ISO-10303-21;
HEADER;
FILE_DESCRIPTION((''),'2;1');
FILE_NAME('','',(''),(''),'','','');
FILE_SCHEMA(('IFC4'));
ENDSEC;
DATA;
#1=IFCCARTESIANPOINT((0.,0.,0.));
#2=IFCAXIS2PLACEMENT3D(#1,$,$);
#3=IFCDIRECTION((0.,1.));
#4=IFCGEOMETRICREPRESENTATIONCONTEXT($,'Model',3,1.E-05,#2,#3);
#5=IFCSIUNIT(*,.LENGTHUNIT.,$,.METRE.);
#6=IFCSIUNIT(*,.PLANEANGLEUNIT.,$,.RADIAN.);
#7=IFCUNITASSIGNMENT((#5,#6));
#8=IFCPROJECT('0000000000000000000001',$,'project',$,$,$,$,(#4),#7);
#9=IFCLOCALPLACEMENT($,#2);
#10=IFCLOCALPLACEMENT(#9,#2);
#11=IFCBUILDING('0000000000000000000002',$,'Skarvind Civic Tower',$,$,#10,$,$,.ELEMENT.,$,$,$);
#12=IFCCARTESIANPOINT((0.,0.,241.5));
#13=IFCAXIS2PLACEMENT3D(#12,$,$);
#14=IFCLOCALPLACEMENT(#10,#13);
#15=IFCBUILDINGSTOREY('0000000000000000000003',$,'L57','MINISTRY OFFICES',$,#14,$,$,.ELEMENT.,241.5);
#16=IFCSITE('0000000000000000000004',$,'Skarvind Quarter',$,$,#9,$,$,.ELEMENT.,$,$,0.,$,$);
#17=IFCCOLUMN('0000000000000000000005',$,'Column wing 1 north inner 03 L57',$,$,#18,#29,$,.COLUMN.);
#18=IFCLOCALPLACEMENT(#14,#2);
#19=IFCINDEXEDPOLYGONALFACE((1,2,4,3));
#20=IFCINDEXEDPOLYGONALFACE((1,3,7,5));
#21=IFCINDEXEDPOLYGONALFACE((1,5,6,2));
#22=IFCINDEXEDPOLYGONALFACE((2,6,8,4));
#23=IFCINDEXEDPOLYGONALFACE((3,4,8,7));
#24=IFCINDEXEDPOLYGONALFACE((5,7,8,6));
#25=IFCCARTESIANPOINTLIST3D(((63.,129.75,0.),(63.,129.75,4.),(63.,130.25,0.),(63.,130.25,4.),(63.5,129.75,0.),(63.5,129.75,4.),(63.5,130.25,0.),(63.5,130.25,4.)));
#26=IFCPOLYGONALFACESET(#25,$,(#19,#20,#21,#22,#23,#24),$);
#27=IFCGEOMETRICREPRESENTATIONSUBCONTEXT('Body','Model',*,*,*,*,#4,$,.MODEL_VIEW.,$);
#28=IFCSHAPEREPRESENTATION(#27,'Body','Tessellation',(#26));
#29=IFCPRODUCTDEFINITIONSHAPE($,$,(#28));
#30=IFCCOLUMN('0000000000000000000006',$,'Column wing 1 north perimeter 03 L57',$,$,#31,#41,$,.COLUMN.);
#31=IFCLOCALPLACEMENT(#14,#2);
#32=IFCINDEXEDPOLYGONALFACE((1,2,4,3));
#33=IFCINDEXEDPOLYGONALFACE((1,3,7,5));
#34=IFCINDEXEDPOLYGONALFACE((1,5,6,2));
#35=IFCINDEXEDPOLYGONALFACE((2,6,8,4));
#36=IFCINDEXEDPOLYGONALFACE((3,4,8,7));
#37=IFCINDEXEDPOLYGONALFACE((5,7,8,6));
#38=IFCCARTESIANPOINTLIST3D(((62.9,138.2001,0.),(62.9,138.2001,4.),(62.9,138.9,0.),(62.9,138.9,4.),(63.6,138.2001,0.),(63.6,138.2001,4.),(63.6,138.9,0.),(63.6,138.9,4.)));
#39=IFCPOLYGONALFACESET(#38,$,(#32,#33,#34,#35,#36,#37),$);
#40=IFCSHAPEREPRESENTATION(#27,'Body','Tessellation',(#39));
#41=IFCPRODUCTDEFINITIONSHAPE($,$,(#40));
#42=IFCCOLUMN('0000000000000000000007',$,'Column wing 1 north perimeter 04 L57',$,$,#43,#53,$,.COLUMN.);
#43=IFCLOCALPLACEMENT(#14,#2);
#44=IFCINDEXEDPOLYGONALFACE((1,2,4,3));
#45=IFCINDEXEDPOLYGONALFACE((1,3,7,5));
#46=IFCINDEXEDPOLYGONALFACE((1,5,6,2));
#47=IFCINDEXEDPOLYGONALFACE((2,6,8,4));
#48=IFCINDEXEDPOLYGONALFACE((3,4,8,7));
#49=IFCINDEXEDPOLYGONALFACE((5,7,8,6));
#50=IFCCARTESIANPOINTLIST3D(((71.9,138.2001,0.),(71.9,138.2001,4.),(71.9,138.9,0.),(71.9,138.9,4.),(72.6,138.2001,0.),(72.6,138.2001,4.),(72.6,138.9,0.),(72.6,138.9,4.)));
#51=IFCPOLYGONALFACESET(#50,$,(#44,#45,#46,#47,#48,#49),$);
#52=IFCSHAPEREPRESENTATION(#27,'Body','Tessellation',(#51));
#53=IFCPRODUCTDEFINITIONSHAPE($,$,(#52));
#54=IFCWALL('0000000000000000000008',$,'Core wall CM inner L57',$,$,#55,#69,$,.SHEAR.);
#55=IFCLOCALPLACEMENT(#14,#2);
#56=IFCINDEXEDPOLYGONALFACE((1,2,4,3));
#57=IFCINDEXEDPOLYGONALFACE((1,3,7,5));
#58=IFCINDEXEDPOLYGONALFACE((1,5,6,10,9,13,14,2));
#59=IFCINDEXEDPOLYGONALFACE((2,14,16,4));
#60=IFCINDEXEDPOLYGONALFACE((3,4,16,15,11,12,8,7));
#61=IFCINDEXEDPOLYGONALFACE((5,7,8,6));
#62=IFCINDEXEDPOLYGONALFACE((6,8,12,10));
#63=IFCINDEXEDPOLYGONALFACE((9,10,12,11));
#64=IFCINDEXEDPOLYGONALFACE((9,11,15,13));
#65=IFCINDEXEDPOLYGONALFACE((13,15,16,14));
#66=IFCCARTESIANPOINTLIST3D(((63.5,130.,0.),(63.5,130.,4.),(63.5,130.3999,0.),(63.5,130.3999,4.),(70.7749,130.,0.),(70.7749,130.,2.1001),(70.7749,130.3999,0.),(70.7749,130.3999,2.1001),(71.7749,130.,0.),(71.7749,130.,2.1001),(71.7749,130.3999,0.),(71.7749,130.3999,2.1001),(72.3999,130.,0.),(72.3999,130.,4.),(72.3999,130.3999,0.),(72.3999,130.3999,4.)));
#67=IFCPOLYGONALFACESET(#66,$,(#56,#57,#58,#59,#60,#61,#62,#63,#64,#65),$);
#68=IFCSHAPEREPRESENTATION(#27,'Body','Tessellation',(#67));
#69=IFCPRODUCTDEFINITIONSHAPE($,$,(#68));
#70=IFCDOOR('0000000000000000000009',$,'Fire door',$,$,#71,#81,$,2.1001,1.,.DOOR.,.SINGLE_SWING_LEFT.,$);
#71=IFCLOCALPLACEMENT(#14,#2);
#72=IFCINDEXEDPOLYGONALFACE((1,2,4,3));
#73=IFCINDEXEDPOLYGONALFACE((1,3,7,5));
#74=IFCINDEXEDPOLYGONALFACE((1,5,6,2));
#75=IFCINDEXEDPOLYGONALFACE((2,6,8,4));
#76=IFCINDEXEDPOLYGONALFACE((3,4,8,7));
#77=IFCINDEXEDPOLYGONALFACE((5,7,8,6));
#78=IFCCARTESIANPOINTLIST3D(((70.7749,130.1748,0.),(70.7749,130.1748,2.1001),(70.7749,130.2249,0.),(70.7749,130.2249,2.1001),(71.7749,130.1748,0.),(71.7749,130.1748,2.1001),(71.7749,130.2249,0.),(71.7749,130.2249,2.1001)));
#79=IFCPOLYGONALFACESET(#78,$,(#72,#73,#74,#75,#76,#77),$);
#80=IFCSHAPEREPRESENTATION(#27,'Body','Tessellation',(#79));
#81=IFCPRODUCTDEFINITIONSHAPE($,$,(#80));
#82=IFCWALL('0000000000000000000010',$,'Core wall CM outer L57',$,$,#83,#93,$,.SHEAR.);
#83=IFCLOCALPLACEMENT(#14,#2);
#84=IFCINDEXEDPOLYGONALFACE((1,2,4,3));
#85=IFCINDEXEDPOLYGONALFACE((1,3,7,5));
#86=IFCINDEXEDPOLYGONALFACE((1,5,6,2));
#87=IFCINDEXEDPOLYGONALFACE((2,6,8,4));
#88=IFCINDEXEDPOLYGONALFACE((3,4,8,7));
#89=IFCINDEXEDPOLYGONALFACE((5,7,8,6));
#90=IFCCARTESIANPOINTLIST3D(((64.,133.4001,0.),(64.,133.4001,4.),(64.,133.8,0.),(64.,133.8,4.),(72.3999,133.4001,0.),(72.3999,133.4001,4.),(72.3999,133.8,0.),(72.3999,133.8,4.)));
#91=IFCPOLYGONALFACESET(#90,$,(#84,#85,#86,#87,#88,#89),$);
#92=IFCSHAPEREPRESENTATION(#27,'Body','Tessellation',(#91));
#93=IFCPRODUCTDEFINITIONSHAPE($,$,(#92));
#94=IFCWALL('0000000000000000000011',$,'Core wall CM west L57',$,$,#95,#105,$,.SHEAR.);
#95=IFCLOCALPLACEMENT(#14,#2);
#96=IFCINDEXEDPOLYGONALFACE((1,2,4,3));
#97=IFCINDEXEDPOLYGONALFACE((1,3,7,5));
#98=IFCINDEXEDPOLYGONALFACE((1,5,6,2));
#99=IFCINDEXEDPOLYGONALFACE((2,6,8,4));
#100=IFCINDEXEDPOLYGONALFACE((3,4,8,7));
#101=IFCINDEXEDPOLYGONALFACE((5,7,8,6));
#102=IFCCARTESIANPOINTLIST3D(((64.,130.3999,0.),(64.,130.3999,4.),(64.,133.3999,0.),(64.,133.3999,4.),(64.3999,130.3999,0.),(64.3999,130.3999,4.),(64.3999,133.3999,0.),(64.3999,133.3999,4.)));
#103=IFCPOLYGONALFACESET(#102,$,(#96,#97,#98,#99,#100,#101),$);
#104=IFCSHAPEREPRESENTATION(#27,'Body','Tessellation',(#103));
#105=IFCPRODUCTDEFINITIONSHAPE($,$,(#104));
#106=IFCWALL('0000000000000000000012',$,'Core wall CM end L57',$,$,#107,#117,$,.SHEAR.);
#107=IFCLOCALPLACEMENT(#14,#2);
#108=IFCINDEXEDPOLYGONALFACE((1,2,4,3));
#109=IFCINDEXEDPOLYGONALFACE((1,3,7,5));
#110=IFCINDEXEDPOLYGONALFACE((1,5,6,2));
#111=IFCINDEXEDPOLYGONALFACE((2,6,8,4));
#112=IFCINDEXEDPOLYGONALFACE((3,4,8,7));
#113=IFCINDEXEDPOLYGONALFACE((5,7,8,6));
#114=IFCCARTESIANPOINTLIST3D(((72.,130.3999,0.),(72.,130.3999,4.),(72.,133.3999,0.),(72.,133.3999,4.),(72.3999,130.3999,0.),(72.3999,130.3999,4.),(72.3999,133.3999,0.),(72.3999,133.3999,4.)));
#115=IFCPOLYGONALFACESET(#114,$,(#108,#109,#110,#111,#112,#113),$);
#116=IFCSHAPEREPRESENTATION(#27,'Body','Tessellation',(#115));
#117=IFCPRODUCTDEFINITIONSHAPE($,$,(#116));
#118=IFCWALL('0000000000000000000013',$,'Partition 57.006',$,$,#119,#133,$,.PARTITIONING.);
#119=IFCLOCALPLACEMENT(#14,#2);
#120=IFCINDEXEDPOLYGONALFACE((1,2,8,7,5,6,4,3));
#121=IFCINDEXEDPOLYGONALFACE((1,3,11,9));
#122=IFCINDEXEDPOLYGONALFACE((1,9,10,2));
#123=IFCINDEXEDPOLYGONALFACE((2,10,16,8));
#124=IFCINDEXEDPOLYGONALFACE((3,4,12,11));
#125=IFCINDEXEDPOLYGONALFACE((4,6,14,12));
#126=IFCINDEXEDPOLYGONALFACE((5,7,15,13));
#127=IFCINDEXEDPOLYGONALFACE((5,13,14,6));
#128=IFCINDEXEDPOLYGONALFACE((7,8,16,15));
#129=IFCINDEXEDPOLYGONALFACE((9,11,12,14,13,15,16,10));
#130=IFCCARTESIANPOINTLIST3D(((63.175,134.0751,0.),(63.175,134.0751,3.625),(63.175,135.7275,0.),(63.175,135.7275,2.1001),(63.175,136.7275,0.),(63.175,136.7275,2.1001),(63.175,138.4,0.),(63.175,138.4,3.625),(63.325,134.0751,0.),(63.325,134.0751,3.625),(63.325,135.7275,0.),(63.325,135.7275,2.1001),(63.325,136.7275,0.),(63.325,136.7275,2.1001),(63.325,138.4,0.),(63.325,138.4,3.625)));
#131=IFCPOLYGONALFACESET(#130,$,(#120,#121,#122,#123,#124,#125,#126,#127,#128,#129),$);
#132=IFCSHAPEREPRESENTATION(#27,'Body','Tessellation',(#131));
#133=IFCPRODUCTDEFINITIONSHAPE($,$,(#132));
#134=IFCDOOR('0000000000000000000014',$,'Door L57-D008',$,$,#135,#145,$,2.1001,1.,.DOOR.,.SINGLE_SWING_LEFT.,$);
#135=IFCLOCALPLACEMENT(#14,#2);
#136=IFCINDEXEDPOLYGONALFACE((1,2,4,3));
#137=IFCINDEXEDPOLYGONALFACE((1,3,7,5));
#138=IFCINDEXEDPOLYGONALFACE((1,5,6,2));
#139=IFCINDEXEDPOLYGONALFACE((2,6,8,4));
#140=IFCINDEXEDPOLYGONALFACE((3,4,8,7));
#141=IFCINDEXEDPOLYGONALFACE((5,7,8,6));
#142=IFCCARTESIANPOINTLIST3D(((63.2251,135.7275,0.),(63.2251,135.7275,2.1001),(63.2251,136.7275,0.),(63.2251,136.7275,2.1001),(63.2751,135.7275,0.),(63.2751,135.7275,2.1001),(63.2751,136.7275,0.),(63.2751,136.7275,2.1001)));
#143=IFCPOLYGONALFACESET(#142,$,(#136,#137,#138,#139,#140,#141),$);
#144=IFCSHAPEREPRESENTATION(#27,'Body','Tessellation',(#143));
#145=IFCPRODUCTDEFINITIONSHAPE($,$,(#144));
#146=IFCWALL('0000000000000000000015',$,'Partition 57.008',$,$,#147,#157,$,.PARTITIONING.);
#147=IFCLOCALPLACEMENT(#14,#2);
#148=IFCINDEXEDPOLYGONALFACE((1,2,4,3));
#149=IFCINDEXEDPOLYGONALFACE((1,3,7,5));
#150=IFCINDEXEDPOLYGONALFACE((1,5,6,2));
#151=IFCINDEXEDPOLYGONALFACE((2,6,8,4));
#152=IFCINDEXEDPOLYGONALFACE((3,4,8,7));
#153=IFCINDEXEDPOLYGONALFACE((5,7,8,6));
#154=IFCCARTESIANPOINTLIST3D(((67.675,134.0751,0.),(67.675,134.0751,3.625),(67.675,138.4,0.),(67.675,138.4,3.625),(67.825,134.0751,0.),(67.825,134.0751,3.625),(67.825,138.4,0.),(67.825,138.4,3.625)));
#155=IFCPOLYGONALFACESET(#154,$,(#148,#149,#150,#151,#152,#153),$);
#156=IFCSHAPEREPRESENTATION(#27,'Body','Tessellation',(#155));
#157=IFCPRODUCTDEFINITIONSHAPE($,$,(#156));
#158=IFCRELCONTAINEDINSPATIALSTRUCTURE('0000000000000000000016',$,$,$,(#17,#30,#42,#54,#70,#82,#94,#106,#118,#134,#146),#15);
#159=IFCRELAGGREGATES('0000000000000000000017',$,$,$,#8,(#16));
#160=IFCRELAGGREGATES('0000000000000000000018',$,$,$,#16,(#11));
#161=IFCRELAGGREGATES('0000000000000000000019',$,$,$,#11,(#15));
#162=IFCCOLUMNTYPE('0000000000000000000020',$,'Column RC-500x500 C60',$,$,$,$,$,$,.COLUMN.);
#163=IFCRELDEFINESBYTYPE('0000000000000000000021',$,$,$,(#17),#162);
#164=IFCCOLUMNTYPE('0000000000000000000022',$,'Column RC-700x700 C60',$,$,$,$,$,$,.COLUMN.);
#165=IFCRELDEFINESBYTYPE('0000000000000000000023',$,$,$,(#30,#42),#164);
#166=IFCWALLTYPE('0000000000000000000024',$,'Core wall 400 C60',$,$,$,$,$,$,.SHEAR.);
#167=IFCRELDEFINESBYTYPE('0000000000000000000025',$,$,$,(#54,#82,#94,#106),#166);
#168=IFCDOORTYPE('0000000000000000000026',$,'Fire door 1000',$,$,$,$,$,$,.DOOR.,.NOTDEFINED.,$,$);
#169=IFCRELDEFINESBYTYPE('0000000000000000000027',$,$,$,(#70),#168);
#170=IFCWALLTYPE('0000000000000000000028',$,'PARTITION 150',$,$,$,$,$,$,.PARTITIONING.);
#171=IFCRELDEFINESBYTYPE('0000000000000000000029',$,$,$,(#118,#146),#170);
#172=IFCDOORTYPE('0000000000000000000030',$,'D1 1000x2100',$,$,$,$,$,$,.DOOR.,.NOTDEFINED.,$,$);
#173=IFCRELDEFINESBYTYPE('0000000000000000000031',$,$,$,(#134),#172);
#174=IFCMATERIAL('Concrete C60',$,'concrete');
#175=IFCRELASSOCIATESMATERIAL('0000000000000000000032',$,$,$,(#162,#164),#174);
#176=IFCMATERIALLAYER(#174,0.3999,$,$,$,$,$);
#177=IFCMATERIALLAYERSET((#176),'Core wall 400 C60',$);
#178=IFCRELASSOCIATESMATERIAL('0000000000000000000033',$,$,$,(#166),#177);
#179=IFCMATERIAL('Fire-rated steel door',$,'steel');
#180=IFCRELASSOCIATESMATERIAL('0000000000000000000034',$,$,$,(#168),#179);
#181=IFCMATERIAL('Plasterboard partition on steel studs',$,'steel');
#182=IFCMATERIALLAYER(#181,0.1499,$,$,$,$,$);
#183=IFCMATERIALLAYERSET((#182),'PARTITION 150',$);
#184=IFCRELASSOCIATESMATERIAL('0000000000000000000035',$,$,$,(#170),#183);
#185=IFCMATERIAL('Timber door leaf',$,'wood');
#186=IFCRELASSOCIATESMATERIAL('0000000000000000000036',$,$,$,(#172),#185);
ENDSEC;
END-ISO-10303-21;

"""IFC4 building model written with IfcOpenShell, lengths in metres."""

from ifc_helpers import new_model, si_unit, direction, frame, frame_2d, origin, origin_2d, place, context, subcontext, project, spatial, rectangle, extrude, material, layer, layer_set, material_profile, profile_set, type_object, element, fill, save


model = new_model("IFC4")

# Units and contexts
model_context = context("Model", 3, precision=1e-05, world=origin(), true_north=direction((0.0, 1.0)))
body_context = subcontext(model_context, "Body", "Model", "MODEL_VIEW")
ifc_project = project(units=[si_unit("LENGTHUNIT", "METRE"), si_unit("PLANEANGLEUNIT", "RADIAN")], contexts=[model_context])

# Site, building, storey
site_placement = place(None, origin())
site = spatial("IfcSite", under=ifc_project, at=site_placement, Name="Skarvind Quarter", CompositionType="ELEMENT", RefElevation=0.0)
building_placement = place(site_placement, origin())
building = spatial("IfcBuilding", under=site, at=building_placement, Name="Skarvind Civic Tower", CompositionType="ELEMENT")
storey_placement = place(building_placement, frame((0.0, 0.0, 241.5)))
storey = spatial("IfcBuildingStorey", under=building, at=storey_placement, Name="L57", Description="MINISTRY OFFICES", CompositionType="ELEMENT", Elevation=241.5)

# Columns
ifc_material_1 = material(Name="Concrete C60", Category="concrete")
ifc_material_profile_1 = material_profile(ifc_material_1, rectangle(XDim=0.5, YDim=0.5, at=origin_2d()), Name="RC-500x500")
ifc_profile_set_1 = profile_set([ifc_material_profile_1], Name="Concrete C60")
column_type_1 = type_object("IfcColumnType", Name="Column RC-500x500 C60", PredefinedType="COLUMN", material=ifc_profile_set_1)
column_placement = place(storey_placement, frame((63.25, 130.0, 0.0), z_axis=(0.0, 0.0, 1.0), x_axis=(1.0, 0.0, 0.0)))
element("IfcColumn", 1, at=column_placement, inside=storey, type_object=column_type_1, Name="Column wing 1 north inner 03 L57", PredefinedType="COLUMN", context=body_context, shape_type="SweptSolid", body=[
    extrude(rectangle(XDim=0.5, YDim=0.5, at=origin_2d()), origin(), (0.0, 0.0, 1.0), 4.0),
])
ifc_material_profile_2 = material_profile(ifc_material_1, rectangle(XDim=0.7, YDim=0.7, at=origin_2d()), Name="RC-700x700")
ifc_profile_set_2 = profile_set([ifc_material_profile_2], Name="Concrete C60")
column_type_2 = type_object("IfcColumnType", Name="Column RC-700x700 C60", PredefinedType="COLUMN", material=ifc_profile_set_2)
for number, where, z_axis, x_axis, name in (
    (2, (63.25, 138.55, 0.0), (0.0, 0.0, 1.0), (1.0, 0.0, 0.0), "Column wing 1 north perimeter 03 L57"),
    (3, (72.25, 138.55, 0.0), (0.0, 0.0, 1.0), (1.0, 0.0, 0.0), "Column wing 1 north perimeter 04 L57"),
):
    element("IfcColumn", number, at=place(storey_placement, frame(where, z_axis=z_axis, x_axis=x_axis)), inside=storey, type_object=column_type_2, Name=name, PredefinedType="COLUMN", context=body_context, shape_type="SweptSolid", body=[
        extrude(rectangle(XDim=0.7, YDim=0.7, at=origin_2d()), origin(), (0.0, 0.0, 1.0), 4.0),
    ])

# Wall, opening, door
ifc_layer_1 = layer(ifc_material_1, 0.3999)
ifc_layer_set_1 = layer_set([ifc_layer_1], Name="Core wall 400 C60")
wall_type_1 = type_object("IfcWallType", Name="Core wall 400 C60", PredefinedType="SHEAR", material=ifc_layer_set_1)
wall_1_placement = place(storey_placement, frame((63.5, 130.2, 0.0), z_axis=(0.0, 0.0, 1.0), x_axis=(1.0, 0.0, 0.0)))
wall_1 = element("IfcWall", 4, at=wall_1_placement, inside=storey, type_object=wall_type_1, Name="Core wall CM inner L57", PredefinedType="SHEAR", context=body_context, shape_type="SweptSolid", body=[
    extrude(rectangle(XDim=8.8999, YDim=0.3999, at=frame_2d((4.45, 0.0))), origin(), (0.0, 0.0, 1.0), 4.0),
])
opening_1_placement = place(wall_1_placement, frame((7.2749, 0.0, 0.0)))
opening_1 = element("IfcOpeningElement", 5, at=opening_1_placement, cuts=wall_1, PredefinedType="OPENING", context=body_context, shape_type="SweptSolid", body=[
    extrude(rectangle(XDim=1.0, YDim=2.1001, at=frame_2d((0.5, 1.05))), frame((0.0, 0.21, 0.0), z_axis=(0.0, -1.0, 0.0), x_axis=(1.0, 0.0, 0.0)), (0.0, 0.0, 1.0), 0.4199),
])
ifc_material_2 = material(Name="Fire-rated steel door", Category="steel")
door_type_1 = type_object("IfcDoorType", Name="Fire door 1000", OperationType="NOTDEFINED", PredefinedType="DOOR", material=ifc_material_2)
door_1_placement = place(opening_1_placement, origin())
door_1 = element("IfcDoor", 6, at=door_1_placement, inside=storey, type_object=door_type_1, Name="Fire door", OperationType="SINGLE_SWING_LEFT", OverallHeight=2.1001, OverallWidth=1.0, PredefinedType="DOOR", context=body_context, shape_type="SweptSolid", body=[
    extrude(rectangle(XDim=1.0, YDim=2.1001, at=frame_2d((0.5, 1.05))), frame((0.0, 0.0249, 0.0), z_axis=(0.0, -1.0, 0.0), x_axis=(1.0, 0.0, 0.0)), (0.0, 0.0, 1.0), 0.05),
])
fill(opening_1, door_1)

# Walls
wall_2_placement = place(storey_placement, frame((64.0, 133.6001, 0.0), z_axis=(0.0, 0.0, 1.0), x_axis=(1.0, 0.0, 0.0)))
element("IfcWall", 7, at=wall_2_placement, inside=storey, type_object=wall_type_1, Name="Core wall CM outer L57", PredefinedType="SHEAR", context=body_context, shape_type="SweptSolid", body=[
    extrude(rectangle(XDim=8.3999, YDim=0.3999, at=frame_2d((4.2, 0.0))), origin(), (0.0, 0.0, 1.0), 4.0),
])
for number, where, z_axis, x_axis, name in (
    (8, (64.2, 130.3999, 0.0), (0.0, 0.0, 1.0), (0.0, 1.0, 0.0), "Core wall CM west L57"),
    (9, (72.2, 130.3999, 0.0), (0.0, 0.0, 1.0), (0.0, 1.0, 0.0), "Core wall CM end L57"),
):
    element("IfcWall", number, at=place(storey_placement, frame(where, z_axis=z_axis, x_axis=x_axis)), inside=storey, type_object=wall_type_1, Name=name, PredefinedType="SHEAR", context=body_context, shape_type="SweptSolid", body=[
        extrude(rectangle(XDim=3.0, YDim=0.3999, at=frame_2d((1.5, 0.0))), origin(), (0.0, 0.0, 1.0), 4.0),
    ])

# Wall, opening, door
ifc_material_3 = material(Name="Plasterboard partition on steel studs", Category="steel")
ifc_layer_2 = layer(ifc_material_3, 0.1499)
ifc_layer_set_2 = layer_set([ifc_layer_2], Name="PARTITION 150")
wall_type_2 = type_object("IfcWallType", Name="PARTITION 150", PredefinedType="PARTITIONING", material=ifc_layer_set_2)
wall_3_placement = place(storey_placement, frame((63.25, 134.075, 0.0), z_axis=(0.0, 0.0, 1.0), x_axis=(0.0, 1.0, 0.0)))
wall_3 = element("IfcWall", 10, at=wall_3_placement, inside=storey, type_object=wall_type_2, Name="Partition 57.006", PredefinedType="PARTITIONING", context=body_context, shape_type="SweptSolid", body=[
    extrude(rectangle(XDim=4.325, YDim=0.1499, at=frame_2d((2.1626, 0.0))), origin(), (0.0, 0.0, 1.0), 3.625),
])
opening_2_placement = place(wall_3_placement, frame((1.6526, 0.0, 0.0)))
opening_2 = element("IfcOpeningElement", 11, at=opening_2_placement, cuts=wall_3, PredefinedType="OPENING", context=body_context, shape_type="SweptSolid", body=[
    extrude(rectangle(XDim=1.0, YDim=2.1001, at=frame_2d((0.5, 1.05))), frame((0.0, 0.085, 0.0), z_axis=(0.0, -1.0, 0.0), x_axis=(1.0, 0.0, 0.0)), (0.0, 0.0, 1.0), 0.1699),
])
ifc_material_4 = material(Name="Timber door leaf", Category="wood")
door_type_2 = type_object("IfcDoorType", Name="D1 1000x2100", OperationType="NOTDEFINED", PredefinedType="DOOR", material=ifc_material_4)
door_2_placement = place(opening_2_placement, origin())
door_2 = element("IfcDoor", 12, at=door_2_placement, inside=storey, type_object=door_type_2, Name="Door L57-D008", OperationType="SINGLE_SWING_LEFT", OverallHeight=2.1001, OverallWidth=1.0, PredefinedType="DOOR", context=body_context, shape_type="SweptSolid", body=[
    extrude(rectangle(XDim=1.0, YDim=2.1001, at=frame_2d((0.5, 1.05))), frame((0.0, 0.0249, 0.0), z_axis=(0.0, -1.0, 0.0), x_axis=(1.0, 0.0, 0.0)), (0.0, 0.0, 1.0), 0.05),
])
fill(opening_2, door_2)

# Wall
wall_4_placement = place(storey_placement, frame((67.75, 134.075, 0.0), z_axis=(0.0, 0.0, 1.0), x_axis=(0.0, 1.0, 0.0)))
element("IfcWall", 13, at=wall_4_placement, inside=storey, type_object=wall_type_2, Name="Partition 57.008", PredefinedType="PARTITIONING", context=body_context, shape_type="SweptSolid", body=[
    extrude(rectangle(XDim=4.325, YDim=0.1499, at=frame_2d((2.1626, 0.0))), origin(), (0.0, 0.0, 1.0), 3.625),
])

save(model, "model.ifc")
